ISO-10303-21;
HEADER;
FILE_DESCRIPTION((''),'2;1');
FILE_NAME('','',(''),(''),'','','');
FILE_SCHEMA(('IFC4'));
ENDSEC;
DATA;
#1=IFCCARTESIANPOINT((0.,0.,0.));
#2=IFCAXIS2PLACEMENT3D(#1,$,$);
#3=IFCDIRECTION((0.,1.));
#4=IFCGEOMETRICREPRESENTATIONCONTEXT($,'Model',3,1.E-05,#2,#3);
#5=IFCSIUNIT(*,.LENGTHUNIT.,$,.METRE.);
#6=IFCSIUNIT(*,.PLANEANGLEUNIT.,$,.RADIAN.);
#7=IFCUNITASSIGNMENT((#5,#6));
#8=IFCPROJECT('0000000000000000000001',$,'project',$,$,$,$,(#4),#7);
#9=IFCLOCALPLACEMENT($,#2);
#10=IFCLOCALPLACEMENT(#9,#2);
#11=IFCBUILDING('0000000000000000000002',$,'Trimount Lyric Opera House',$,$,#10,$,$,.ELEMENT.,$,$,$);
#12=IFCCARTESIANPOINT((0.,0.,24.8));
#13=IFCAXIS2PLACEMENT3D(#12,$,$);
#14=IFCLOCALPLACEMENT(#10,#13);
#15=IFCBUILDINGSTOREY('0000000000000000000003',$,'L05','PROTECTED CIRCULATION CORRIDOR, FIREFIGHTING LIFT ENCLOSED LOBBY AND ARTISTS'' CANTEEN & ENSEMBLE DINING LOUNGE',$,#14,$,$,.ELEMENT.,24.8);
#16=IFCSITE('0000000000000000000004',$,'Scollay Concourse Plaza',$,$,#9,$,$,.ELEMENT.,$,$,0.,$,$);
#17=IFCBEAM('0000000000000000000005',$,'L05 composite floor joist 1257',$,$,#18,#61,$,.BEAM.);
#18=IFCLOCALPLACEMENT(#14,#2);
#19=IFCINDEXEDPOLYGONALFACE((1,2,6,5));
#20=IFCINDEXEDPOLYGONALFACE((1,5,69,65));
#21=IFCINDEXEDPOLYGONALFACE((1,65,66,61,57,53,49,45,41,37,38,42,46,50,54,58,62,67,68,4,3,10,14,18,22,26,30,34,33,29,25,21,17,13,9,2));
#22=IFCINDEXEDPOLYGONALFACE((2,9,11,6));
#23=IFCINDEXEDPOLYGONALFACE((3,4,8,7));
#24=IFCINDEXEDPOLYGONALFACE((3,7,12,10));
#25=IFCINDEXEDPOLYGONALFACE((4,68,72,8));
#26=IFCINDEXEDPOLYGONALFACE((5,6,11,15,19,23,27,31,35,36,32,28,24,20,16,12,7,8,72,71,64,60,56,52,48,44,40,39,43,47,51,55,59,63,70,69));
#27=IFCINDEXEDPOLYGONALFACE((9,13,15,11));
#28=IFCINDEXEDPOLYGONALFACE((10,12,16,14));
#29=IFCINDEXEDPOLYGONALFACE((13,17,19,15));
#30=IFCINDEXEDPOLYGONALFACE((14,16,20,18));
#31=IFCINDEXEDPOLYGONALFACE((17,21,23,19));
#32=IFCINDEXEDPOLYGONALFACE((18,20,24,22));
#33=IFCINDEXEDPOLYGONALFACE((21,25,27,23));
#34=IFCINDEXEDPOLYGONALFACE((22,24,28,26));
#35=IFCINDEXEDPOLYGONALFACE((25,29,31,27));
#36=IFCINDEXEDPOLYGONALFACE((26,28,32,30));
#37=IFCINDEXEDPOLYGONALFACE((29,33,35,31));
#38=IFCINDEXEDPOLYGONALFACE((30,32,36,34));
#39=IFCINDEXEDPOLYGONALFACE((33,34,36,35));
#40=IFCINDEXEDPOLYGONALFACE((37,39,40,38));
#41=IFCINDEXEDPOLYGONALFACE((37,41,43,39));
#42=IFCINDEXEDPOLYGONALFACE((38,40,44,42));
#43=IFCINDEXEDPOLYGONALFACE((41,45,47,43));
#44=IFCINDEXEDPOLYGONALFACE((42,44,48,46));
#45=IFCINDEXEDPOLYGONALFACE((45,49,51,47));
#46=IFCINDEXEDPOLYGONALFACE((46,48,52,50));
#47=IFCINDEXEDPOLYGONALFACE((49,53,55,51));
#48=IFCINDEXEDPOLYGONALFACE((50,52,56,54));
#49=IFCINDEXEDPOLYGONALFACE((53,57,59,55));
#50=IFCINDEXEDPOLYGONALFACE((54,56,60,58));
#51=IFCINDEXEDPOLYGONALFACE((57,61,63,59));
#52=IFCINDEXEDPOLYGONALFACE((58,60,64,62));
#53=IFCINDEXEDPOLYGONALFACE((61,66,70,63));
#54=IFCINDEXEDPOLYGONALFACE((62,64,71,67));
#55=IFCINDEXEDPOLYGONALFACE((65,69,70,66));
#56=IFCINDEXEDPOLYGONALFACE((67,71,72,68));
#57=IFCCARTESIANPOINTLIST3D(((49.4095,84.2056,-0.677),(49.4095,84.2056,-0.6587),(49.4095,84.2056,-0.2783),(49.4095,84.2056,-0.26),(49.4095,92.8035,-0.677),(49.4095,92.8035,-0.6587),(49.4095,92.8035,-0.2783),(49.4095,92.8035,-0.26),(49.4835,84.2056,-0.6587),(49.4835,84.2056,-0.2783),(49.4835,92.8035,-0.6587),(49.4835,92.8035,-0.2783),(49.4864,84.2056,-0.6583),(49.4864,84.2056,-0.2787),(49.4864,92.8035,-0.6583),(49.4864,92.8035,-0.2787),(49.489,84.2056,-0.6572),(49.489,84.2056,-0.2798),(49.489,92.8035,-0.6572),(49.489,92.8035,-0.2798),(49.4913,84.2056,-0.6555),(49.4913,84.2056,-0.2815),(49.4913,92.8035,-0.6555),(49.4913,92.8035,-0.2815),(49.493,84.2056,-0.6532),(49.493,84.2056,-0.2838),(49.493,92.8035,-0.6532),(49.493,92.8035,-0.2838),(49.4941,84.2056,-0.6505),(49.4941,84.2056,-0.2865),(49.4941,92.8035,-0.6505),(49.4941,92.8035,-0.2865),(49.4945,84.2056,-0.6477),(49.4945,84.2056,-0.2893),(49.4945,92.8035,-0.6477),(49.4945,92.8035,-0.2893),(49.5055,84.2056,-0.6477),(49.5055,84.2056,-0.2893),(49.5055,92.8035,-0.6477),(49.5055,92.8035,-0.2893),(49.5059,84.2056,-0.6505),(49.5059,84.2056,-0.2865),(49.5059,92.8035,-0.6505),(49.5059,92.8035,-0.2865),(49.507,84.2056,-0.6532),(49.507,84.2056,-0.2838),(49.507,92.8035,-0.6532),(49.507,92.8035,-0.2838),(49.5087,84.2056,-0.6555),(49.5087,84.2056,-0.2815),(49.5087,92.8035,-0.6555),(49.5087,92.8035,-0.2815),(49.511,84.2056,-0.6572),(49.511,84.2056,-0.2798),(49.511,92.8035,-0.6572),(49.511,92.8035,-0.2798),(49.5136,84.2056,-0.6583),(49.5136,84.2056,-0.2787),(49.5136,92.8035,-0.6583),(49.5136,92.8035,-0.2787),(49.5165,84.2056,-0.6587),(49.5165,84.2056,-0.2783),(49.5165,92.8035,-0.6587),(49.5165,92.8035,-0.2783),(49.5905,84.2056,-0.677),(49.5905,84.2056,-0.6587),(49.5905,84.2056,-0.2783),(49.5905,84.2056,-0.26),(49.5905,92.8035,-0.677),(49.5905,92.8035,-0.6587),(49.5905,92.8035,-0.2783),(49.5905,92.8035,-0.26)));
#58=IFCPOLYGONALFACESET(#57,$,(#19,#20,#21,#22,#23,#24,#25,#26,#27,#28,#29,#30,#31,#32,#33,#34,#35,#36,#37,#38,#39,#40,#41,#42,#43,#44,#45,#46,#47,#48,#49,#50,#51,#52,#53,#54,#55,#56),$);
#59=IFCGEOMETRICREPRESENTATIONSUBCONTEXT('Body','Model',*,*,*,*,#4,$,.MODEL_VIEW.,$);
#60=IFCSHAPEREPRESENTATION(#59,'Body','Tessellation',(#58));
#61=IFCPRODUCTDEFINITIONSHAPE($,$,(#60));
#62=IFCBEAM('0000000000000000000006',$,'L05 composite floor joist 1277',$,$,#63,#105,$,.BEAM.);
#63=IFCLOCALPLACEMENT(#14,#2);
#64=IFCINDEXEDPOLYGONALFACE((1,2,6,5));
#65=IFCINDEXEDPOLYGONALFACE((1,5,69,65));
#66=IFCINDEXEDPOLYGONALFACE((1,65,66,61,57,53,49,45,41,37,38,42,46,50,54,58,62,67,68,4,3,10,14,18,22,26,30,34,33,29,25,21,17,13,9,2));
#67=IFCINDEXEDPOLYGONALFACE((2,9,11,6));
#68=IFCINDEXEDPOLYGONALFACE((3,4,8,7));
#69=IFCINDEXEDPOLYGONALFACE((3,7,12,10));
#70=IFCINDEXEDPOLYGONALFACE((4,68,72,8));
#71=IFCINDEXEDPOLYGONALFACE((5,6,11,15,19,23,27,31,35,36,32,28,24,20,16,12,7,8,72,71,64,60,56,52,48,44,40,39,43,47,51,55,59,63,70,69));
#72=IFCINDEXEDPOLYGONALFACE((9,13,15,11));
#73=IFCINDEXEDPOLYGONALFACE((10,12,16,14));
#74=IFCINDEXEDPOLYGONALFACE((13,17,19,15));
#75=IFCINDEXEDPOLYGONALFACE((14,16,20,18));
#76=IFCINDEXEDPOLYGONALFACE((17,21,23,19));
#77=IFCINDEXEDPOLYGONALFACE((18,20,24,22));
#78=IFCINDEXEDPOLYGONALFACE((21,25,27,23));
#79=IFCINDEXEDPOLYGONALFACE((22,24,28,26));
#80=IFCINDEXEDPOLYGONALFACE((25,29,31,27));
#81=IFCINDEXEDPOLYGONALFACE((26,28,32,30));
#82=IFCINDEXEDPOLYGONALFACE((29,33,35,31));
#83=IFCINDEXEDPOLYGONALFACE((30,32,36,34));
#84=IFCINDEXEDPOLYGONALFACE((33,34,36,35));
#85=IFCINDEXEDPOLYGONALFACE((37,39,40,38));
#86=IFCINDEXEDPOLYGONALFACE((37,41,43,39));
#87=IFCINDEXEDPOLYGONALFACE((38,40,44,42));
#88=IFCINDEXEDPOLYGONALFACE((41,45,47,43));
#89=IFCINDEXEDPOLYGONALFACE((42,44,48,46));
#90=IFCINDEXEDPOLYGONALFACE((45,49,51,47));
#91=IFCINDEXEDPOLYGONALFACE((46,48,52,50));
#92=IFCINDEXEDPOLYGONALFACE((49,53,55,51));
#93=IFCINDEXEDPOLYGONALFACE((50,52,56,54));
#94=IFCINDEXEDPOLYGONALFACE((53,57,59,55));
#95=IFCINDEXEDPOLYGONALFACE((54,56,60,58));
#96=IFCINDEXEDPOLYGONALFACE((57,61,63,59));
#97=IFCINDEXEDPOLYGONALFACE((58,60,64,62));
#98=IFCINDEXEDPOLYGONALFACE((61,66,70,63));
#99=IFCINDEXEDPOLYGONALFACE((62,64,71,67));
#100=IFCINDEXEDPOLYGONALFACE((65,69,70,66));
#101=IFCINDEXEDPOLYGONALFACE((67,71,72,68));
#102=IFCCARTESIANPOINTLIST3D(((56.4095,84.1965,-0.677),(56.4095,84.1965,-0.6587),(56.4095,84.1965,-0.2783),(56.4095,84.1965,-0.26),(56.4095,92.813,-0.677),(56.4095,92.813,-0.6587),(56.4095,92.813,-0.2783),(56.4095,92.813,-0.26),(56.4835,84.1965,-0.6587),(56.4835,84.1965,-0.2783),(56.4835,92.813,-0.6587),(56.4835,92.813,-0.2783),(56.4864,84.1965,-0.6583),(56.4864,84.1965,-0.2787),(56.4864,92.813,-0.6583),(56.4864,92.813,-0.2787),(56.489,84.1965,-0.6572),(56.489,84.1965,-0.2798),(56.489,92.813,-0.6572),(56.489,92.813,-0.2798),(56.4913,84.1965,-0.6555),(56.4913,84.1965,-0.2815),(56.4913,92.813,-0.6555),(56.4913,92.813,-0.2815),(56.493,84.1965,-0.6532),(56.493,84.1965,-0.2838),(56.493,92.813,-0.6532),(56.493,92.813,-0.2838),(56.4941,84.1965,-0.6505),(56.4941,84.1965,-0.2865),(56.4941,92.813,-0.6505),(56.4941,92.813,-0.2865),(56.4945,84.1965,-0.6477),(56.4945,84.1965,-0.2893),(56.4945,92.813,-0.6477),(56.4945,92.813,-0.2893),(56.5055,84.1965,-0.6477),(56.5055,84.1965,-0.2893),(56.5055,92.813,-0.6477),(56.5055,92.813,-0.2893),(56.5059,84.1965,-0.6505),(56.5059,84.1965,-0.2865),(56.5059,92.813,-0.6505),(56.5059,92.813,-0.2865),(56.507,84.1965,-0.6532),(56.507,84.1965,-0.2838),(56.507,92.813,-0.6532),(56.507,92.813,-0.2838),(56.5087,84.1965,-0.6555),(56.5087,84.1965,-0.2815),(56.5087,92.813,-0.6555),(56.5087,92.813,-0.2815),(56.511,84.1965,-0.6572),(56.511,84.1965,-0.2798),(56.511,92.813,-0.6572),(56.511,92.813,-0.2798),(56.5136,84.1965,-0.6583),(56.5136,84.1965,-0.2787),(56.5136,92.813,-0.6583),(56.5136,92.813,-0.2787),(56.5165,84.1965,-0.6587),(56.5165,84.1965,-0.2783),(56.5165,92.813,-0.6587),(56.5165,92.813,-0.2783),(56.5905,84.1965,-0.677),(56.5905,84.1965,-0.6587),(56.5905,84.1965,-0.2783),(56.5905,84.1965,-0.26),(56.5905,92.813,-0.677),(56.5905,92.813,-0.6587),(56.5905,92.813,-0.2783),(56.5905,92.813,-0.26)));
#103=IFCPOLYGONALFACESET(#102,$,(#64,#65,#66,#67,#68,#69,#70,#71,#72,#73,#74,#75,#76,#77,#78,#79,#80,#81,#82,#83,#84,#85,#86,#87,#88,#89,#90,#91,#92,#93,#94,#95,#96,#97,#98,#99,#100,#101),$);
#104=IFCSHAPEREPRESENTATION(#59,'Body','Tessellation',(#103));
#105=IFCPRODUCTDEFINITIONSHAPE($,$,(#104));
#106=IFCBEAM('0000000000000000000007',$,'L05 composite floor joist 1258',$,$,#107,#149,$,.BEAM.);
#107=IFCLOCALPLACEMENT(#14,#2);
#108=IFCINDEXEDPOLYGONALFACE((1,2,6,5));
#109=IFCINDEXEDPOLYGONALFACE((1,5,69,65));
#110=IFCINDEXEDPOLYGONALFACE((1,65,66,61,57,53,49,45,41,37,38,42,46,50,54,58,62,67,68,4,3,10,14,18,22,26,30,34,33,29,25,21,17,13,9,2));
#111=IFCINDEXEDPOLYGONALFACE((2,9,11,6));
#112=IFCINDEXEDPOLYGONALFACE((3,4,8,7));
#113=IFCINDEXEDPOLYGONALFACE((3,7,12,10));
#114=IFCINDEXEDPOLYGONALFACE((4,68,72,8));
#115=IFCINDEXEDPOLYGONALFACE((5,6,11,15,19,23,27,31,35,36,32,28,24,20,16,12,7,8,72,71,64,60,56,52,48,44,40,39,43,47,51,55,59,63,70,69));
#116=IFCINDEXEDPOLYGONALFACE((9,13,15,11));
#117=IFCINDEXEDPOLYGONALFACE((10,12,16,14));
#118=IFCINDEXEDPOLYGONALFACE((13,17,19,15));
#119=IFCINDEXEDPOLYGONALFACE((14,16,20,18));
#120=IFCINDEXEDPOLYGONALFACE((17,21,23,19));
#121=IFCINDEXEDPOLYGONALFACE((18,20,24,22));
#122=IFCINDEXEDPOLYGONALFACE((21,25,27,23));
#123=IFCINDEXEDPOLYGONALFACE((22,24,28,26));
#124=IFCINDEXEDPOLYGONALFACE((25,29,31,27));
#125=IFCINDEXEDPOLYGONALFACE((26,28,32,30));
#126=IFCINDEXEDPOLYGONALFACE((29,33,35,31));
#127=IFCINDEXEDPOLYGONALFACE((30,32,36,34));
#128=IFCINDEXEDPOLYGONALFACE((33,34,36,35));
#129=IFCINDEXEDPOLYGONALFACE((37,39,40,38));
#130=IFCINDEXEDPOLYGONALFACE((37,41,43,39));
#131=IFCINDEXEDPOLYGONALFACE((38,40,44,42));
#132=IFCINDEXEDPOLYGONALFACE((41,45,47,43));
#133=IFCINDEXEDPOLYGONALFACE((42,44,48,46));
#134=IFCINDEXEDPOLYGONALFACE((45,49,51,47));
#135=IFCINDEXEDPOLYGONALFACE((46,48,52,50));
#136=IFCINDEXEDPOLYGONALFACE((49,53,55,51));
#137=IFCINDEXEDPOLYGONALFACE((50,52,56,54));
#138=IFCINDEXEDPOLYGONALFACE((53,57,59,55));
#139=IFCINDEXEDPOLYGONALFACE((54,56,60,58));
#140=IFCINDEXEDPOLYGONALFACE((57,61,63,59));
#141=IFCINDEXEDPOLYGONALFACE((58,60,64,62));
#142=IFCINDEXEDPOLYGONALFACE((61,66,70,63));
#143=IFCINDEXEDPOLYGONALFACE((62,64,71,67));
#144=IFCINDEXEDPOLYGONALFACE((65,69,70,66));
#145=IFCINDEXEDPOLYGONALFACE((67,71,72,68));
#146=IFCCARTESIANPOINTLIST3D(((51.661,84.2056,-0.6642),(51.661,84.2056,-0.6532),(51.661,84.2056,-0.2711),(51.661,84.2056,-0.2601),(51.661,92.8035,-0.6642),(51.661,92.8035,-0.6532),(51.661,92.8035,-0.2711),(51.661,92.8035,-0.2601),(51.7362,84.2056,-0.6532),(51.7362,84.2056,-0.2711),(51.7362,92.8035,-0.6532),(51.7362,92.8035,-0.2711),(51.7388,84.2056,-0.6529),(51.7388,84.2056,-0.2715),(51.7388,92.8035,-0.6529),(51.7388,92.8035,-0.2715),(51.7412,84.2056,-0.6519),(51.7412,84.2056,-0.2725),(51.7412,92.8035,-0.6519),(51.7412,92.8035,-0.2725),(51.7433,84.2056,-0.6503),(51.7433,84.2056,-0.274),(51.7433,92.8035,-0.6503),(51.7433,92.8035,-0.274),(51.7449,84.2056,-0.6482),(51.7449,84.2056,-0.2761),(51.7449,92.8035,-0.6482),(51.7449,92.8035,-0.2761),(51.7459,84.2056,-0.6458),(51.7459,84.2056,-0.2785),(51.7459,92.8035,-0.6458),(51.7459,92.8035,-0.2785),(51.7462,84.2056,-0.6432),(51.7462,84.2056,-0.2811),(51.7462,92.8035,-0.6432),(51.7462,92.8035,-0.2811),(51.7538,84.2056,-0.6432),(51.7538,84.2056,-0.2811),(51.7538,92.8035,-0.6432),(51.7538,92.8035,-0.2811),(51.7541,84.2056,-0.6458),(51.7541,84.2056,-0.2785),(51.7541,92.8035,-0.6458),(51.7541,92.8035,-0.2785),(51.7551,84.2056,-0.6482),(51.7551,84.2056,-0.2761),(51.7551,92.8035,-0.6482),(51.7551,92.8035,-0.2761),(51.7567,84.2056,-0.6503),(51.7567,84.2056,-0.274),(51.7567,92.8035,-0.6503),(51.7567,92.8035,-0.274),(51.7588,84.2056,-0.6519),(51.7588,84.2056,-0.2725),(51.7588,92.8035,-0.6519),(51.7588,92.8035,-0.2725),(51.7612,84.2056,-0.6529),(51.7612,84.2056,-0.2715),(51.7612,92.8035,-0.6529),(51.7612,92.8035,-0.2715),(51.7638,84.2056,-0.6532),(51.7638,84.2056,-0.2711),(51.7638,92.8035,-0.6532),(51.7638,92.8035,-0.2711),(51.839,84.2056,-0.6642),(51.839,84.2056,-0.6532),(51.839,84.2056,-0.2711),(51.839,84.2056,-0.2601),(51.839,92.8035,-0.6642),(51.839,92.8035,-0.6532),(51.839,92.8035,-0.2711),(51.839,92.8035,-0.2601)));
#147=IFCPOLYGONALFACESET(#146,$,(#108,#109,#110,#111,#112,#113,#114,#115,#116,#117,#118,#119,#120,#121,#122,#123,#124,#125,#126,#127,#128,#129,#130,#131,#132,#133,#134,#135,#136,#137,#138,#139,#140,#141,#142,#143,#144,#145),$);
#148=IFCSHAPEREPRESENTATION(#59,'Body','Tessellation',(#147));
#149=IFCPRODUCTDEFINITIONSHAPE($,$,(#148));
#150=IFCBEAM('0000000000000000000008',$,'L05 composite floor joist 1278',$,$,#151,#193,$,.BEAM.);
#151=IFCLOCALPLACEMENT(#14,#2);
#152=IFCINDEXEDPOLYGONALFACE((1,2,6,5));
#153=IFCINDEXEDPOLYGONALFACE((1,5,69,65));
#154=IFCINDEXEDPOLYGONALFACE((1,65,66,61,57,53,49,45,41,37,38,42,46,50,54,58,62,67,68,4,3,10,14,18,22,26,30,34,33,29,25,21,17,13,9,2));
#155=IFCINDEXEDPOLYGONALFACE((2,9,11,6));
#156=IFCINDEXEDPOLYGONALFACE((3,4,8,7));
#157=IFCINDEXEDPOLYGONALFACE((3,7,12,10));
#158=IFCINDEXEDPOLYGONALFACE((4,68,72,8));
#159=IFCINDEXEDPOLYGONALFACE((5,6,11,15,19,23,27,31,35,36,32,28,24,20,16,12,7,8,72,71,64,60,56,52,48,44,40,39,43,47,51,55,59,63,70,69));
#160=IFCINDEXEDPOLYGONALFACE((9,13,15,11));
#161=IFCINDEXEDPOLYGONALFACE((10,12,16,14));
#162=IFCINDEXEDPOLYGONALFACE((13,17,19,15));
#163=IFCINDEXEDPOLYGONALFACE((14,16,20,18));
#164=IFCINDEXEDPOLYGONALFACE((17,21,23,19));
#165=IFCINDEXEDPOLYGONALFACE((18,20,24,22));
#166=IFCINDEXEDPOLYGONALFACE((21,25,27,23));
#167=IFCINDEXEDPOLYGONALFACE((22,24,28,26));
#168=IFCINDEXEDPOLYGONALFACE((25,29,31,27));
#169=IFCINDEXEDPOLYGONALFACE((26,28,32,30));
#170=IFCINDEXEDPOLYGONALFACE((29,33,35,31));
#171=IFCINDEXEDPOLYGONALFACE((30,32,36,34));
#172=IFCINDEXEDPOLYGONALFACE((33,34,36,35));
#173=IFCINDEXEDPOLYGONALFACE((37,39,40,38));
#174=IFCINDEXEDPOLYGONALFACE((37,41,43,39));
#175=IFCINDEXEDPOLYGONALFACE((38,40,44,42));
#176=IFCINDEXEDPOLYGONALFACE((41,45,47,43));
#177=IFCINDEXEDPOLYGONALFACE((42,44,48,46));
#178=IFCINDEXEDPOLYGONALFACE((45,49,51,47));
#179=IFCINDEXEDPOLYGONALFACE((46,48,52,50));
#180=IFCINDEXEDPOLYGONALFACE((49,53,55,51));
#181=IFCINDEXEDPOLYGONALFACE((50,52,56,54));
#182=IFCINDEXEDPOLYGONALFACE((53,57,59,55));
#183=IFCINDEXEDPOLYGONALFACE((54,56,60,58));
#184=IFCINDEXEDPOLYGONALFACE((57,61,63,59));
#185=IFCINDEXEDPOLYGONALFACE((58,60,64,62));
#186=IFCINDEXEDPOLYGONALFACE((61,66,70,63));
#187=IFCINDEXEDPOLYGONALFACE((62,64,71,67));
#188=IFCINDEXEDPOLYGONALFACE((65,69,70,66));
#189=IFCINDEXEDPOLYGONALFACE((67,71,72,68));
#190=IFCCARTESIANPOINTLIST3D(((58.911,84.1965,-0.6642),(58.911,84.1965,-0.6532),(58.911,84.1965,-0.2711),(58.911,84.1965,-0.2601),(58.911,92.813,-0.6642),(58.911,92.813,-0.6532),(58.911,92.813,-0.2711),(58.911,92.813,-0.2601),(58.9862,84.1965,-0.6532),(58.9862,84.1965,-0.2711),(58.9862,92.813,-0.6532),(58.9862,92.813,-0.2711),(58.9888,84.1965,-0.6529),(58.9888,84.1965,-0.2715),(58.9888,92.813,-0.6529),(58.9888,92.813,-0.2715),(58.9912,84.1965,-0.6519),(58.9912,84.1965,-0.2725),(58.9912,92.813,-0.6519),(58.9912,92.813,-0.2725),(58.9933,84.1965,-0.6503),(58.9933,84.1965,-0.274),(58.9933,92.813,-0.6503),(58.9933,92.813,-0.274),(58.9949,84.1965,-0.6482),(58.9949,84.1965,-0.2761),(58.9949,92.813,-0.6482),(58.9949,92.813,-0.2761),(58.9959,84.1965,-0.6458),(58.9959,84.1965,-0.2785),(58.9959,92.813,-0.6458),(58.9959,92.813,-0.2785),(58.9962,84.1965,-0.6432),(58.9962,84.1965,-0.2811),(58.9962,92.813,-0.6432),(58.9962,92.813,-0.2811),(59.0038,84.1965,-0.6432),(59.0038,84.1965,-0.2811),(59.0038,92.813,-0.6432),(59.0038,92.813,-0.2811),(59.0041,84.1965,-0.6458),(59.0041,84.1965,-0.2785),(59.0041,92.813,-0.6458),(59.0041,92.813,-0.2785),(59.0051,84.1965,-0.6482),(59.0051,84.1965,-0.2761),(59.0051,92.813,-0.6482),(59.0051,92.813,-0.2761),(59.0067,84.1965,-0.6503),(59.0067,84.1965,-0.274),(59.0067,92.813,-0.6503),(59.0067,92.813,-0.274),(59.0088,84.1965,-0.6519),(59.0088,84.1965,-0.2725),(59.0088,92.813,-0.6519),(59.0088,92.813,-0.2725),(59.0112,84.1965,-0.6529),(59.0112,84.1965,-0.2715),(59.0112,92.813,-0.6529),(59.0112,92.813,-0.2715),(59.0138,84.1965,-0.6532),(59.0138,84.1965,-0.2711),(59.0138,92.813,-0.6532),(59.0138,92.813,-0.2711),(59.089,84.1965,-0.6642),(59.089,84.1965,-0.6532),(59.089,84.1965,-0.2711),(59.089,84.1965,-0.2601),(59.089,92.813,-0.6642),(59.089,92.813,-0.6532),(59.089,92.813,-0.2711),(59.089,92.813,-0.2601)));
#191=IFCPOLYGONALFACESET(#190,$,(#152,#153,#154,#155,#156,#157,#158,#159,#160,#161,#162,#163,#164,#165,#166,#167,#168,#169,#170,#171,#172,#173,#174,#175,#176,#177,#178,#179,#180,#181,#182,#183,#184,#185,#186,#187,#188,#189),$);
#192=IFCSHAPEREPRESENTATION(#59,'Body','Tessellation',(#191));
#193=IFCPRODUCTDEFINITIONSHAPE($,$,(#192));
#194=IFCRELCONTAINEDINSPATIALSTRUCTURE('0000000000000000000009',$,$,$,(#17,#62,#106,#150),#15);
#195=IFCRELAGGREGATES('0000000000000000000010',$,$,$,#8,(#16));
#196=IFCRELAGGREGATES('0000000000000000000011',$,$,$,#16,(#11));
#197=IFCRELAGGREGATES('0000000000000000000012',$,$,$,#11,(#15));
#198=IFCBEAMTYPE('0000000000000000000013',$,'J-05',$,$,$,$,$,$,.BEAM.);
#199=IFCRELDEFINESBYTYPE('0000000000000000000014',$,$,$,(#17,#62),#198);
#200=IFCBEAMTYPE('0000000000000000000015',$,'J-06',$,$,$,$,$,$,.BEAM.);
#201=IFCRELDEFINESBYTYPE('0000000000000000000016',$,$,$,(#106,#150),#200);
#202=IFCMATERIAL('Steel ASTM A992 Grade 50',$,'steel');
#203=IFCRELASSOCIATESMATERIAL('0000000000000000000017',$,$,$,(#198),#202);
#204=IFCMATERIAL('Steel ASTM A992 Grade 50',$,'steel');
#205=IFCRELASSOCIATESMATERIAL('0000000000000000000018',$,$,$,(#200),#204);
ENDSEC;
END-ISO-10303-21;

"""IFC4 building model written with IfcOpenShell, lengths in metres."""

from ifc_helpers import new_model, si_unit, direction, frame, origin, origin_2d, place, context, subcontext, project, spatial, i_section, extrude, material, material_profile, profile_set, type_object, element, save


model = new_model("IFC4")

# Units and contexts
model_context = context("Model", 3, precision=1e-05, world=origin(), true_north=direction((0.0, 1.0)))
body_context = subcontext(model_context, "Body", "Model", "MODEL_VIEW")
ifc_project = project(units=[si_unit("LENGTHUNIT", "METRE"), si_unit("PLANEANGLEUNIT", "RADIAN")], contexts=[model_context])

# Site, building, storey
site_placement = place(None, origin())
site = spatial("IfcSite", under=ifc_project, at=site_placement, Name="Scollay Concourse Plaza", CompositionType="ELEMENT", RefElevation=0.0)
building_placement = place(site_placement, origin())
building = spatial("IfcBuilding", under=site, at=building_placement, Name="Trimount Lyric Opera House", CompositionType="ELEMENT")
storey_placement = place(building_placement, frame((0.0, 0.0, 24.8)))
storey = spatial("IfcBuildingStorey", under=building, at=storey_placement, Name="L05", Description="PROTECTED CIRCULATION CORRIDOR, FIREFIGHTING LIFT ENCLOSED LOBBY AND ARTISTS' CANTEEN & ENSEMBLE DINING LOUNGE", CompositionType="ELEMENT", Elevation=24.8)

# Beams
ifc_material_1 = material(Name="Steel ASTM A992 Grade 50", Category="steel")
ifc_material_profile_1 = material_profile(ifc_material_1, i_section(OverallWidth=0.1809, OverallDepth=0.417, WebThickness=0.011, FlangeThickness=0.0183, FilletRadius=0.011, at=origin_2d()), Name="W16X57")
ifc_profile_set_1 = profile_set([ifc_material_profile_1], Name="Steel ASTM A992 Grade 50")
beam_type_1 = type_object("IfcBeamType", Name="J-05", PredefinedType="BEAM", material=ifc_profile_set_1)
beam_1_placement = place(storey_placement, frame((49.5, 84.2056, -0.4685), z_axis=(0.0, 1.0, 0.0), x_axis=(-1.0, 0.0, 0.0)))
element("IfcBeam", 1, at=beam_1_placement, inside=storey, type_object=beam_type_1, Name="L05 composite floor joist 1257", PredefinedType="BEAM", context=body_context, shape_type="SweptSolid", body=[
    extrude(i_section(OverallWidth=0.1809, OverallDepth=0.417, WebThickness=0.011, FlangeThickness=0.0183, FilletRadius=0.011, at=origin_2d()), origin(), (0.0, 0.0, 1.0), 8.5979),
])
beam_2_placement = place(storey_placement, frame((56.5, 84.1965, -0.4685), z_axis=(0.0, 1.0, 0.0), x_axis=(-1.0, 0.0, 0.0)))
element("IfcBeam", 2, at=beam_2_placement, inside=storey, type_object=beam_type_1, Name="L05 composite floor joist 1277", PredefinedType="BEAM", context=body_context, shape_type="SweptSolid", body=[
    extrude(i_section(OverallWidth=0.1809, OverallDepth=0.417, WebThickness=0.011, FlangeThickness=0.0183, FilletRadius=0.011, at=origin_2d()), origin(), (0.0, 0.0, 1.0), 8.6165),
])
ifc_material_2 = material(Name="Steel ASTM A992 Grade 50", Category="steel")
ifc_material_profile_2 = material_profile(ifc_material_2, i_section(OverallWidth=0.178, OverallDepth=0.4041, WebThickness=0.0076, FlangeThickness=0.011, FilletRadius=0.01, at=origin_2d()), Name="W16X36")
ifc_profile_set_2 = profile_set([ifc_material_profile_2], Name="Steel ASTM A992 Grade 50")
beam_type_2 = type_object("IfcBeamType", Name="J-06", PredefinedType="BEAM", material=ifc_profile_set_2)
beam_3_placement = place(storey_placement, frame((51.75, 84.2056, -0.4622), z_axis=(0.0, 1.0, 0.0), x_axis=(-1.0, 0.0, 0.0)))
element("IfcBeam", 3, at=beam_3_placement, inside=storey, type_object=beam_type_2, Name="L05 composite floor joist 1258", PredefinedType="BEAM", context=body_context, shape_type="SweptSolid", body=[
    extrude(i_section(OverallWidth=0.178, OverallDepth=0.4041, WebThickness=0.0076, FlangeThickness=0.011, FilletRadius=0.01, at=origin_2d()), origin(), (0.0, 0.0, 1.0), 8.5979),
])
beam_4_placement = place(storey_placement, frame((59.0, 84.1965, -0.4622), z_axis=(0.0, 1.0, 0.0), x_axis=(-1.0, 0.0, 0.0)))
element("IfcBeam", 4, at=beam_4_placement, inside=storey, type_object=beam_type_2, Name="L05 composite floor joist 1278", PredefinedType="BEAM", context=body_context, shape_type="SweptSolid", body=[
    extrude(i_section(OverallWidth=0.178, OverallDepth=0.4041, WebThickness=0.0076, FlangeThickness=0.011, FilletRadius=0.01, at=origin_2d()), origin(), (0.0, 0.0, 1.0), 8.6165),
])

save(model, "model.ifc")
